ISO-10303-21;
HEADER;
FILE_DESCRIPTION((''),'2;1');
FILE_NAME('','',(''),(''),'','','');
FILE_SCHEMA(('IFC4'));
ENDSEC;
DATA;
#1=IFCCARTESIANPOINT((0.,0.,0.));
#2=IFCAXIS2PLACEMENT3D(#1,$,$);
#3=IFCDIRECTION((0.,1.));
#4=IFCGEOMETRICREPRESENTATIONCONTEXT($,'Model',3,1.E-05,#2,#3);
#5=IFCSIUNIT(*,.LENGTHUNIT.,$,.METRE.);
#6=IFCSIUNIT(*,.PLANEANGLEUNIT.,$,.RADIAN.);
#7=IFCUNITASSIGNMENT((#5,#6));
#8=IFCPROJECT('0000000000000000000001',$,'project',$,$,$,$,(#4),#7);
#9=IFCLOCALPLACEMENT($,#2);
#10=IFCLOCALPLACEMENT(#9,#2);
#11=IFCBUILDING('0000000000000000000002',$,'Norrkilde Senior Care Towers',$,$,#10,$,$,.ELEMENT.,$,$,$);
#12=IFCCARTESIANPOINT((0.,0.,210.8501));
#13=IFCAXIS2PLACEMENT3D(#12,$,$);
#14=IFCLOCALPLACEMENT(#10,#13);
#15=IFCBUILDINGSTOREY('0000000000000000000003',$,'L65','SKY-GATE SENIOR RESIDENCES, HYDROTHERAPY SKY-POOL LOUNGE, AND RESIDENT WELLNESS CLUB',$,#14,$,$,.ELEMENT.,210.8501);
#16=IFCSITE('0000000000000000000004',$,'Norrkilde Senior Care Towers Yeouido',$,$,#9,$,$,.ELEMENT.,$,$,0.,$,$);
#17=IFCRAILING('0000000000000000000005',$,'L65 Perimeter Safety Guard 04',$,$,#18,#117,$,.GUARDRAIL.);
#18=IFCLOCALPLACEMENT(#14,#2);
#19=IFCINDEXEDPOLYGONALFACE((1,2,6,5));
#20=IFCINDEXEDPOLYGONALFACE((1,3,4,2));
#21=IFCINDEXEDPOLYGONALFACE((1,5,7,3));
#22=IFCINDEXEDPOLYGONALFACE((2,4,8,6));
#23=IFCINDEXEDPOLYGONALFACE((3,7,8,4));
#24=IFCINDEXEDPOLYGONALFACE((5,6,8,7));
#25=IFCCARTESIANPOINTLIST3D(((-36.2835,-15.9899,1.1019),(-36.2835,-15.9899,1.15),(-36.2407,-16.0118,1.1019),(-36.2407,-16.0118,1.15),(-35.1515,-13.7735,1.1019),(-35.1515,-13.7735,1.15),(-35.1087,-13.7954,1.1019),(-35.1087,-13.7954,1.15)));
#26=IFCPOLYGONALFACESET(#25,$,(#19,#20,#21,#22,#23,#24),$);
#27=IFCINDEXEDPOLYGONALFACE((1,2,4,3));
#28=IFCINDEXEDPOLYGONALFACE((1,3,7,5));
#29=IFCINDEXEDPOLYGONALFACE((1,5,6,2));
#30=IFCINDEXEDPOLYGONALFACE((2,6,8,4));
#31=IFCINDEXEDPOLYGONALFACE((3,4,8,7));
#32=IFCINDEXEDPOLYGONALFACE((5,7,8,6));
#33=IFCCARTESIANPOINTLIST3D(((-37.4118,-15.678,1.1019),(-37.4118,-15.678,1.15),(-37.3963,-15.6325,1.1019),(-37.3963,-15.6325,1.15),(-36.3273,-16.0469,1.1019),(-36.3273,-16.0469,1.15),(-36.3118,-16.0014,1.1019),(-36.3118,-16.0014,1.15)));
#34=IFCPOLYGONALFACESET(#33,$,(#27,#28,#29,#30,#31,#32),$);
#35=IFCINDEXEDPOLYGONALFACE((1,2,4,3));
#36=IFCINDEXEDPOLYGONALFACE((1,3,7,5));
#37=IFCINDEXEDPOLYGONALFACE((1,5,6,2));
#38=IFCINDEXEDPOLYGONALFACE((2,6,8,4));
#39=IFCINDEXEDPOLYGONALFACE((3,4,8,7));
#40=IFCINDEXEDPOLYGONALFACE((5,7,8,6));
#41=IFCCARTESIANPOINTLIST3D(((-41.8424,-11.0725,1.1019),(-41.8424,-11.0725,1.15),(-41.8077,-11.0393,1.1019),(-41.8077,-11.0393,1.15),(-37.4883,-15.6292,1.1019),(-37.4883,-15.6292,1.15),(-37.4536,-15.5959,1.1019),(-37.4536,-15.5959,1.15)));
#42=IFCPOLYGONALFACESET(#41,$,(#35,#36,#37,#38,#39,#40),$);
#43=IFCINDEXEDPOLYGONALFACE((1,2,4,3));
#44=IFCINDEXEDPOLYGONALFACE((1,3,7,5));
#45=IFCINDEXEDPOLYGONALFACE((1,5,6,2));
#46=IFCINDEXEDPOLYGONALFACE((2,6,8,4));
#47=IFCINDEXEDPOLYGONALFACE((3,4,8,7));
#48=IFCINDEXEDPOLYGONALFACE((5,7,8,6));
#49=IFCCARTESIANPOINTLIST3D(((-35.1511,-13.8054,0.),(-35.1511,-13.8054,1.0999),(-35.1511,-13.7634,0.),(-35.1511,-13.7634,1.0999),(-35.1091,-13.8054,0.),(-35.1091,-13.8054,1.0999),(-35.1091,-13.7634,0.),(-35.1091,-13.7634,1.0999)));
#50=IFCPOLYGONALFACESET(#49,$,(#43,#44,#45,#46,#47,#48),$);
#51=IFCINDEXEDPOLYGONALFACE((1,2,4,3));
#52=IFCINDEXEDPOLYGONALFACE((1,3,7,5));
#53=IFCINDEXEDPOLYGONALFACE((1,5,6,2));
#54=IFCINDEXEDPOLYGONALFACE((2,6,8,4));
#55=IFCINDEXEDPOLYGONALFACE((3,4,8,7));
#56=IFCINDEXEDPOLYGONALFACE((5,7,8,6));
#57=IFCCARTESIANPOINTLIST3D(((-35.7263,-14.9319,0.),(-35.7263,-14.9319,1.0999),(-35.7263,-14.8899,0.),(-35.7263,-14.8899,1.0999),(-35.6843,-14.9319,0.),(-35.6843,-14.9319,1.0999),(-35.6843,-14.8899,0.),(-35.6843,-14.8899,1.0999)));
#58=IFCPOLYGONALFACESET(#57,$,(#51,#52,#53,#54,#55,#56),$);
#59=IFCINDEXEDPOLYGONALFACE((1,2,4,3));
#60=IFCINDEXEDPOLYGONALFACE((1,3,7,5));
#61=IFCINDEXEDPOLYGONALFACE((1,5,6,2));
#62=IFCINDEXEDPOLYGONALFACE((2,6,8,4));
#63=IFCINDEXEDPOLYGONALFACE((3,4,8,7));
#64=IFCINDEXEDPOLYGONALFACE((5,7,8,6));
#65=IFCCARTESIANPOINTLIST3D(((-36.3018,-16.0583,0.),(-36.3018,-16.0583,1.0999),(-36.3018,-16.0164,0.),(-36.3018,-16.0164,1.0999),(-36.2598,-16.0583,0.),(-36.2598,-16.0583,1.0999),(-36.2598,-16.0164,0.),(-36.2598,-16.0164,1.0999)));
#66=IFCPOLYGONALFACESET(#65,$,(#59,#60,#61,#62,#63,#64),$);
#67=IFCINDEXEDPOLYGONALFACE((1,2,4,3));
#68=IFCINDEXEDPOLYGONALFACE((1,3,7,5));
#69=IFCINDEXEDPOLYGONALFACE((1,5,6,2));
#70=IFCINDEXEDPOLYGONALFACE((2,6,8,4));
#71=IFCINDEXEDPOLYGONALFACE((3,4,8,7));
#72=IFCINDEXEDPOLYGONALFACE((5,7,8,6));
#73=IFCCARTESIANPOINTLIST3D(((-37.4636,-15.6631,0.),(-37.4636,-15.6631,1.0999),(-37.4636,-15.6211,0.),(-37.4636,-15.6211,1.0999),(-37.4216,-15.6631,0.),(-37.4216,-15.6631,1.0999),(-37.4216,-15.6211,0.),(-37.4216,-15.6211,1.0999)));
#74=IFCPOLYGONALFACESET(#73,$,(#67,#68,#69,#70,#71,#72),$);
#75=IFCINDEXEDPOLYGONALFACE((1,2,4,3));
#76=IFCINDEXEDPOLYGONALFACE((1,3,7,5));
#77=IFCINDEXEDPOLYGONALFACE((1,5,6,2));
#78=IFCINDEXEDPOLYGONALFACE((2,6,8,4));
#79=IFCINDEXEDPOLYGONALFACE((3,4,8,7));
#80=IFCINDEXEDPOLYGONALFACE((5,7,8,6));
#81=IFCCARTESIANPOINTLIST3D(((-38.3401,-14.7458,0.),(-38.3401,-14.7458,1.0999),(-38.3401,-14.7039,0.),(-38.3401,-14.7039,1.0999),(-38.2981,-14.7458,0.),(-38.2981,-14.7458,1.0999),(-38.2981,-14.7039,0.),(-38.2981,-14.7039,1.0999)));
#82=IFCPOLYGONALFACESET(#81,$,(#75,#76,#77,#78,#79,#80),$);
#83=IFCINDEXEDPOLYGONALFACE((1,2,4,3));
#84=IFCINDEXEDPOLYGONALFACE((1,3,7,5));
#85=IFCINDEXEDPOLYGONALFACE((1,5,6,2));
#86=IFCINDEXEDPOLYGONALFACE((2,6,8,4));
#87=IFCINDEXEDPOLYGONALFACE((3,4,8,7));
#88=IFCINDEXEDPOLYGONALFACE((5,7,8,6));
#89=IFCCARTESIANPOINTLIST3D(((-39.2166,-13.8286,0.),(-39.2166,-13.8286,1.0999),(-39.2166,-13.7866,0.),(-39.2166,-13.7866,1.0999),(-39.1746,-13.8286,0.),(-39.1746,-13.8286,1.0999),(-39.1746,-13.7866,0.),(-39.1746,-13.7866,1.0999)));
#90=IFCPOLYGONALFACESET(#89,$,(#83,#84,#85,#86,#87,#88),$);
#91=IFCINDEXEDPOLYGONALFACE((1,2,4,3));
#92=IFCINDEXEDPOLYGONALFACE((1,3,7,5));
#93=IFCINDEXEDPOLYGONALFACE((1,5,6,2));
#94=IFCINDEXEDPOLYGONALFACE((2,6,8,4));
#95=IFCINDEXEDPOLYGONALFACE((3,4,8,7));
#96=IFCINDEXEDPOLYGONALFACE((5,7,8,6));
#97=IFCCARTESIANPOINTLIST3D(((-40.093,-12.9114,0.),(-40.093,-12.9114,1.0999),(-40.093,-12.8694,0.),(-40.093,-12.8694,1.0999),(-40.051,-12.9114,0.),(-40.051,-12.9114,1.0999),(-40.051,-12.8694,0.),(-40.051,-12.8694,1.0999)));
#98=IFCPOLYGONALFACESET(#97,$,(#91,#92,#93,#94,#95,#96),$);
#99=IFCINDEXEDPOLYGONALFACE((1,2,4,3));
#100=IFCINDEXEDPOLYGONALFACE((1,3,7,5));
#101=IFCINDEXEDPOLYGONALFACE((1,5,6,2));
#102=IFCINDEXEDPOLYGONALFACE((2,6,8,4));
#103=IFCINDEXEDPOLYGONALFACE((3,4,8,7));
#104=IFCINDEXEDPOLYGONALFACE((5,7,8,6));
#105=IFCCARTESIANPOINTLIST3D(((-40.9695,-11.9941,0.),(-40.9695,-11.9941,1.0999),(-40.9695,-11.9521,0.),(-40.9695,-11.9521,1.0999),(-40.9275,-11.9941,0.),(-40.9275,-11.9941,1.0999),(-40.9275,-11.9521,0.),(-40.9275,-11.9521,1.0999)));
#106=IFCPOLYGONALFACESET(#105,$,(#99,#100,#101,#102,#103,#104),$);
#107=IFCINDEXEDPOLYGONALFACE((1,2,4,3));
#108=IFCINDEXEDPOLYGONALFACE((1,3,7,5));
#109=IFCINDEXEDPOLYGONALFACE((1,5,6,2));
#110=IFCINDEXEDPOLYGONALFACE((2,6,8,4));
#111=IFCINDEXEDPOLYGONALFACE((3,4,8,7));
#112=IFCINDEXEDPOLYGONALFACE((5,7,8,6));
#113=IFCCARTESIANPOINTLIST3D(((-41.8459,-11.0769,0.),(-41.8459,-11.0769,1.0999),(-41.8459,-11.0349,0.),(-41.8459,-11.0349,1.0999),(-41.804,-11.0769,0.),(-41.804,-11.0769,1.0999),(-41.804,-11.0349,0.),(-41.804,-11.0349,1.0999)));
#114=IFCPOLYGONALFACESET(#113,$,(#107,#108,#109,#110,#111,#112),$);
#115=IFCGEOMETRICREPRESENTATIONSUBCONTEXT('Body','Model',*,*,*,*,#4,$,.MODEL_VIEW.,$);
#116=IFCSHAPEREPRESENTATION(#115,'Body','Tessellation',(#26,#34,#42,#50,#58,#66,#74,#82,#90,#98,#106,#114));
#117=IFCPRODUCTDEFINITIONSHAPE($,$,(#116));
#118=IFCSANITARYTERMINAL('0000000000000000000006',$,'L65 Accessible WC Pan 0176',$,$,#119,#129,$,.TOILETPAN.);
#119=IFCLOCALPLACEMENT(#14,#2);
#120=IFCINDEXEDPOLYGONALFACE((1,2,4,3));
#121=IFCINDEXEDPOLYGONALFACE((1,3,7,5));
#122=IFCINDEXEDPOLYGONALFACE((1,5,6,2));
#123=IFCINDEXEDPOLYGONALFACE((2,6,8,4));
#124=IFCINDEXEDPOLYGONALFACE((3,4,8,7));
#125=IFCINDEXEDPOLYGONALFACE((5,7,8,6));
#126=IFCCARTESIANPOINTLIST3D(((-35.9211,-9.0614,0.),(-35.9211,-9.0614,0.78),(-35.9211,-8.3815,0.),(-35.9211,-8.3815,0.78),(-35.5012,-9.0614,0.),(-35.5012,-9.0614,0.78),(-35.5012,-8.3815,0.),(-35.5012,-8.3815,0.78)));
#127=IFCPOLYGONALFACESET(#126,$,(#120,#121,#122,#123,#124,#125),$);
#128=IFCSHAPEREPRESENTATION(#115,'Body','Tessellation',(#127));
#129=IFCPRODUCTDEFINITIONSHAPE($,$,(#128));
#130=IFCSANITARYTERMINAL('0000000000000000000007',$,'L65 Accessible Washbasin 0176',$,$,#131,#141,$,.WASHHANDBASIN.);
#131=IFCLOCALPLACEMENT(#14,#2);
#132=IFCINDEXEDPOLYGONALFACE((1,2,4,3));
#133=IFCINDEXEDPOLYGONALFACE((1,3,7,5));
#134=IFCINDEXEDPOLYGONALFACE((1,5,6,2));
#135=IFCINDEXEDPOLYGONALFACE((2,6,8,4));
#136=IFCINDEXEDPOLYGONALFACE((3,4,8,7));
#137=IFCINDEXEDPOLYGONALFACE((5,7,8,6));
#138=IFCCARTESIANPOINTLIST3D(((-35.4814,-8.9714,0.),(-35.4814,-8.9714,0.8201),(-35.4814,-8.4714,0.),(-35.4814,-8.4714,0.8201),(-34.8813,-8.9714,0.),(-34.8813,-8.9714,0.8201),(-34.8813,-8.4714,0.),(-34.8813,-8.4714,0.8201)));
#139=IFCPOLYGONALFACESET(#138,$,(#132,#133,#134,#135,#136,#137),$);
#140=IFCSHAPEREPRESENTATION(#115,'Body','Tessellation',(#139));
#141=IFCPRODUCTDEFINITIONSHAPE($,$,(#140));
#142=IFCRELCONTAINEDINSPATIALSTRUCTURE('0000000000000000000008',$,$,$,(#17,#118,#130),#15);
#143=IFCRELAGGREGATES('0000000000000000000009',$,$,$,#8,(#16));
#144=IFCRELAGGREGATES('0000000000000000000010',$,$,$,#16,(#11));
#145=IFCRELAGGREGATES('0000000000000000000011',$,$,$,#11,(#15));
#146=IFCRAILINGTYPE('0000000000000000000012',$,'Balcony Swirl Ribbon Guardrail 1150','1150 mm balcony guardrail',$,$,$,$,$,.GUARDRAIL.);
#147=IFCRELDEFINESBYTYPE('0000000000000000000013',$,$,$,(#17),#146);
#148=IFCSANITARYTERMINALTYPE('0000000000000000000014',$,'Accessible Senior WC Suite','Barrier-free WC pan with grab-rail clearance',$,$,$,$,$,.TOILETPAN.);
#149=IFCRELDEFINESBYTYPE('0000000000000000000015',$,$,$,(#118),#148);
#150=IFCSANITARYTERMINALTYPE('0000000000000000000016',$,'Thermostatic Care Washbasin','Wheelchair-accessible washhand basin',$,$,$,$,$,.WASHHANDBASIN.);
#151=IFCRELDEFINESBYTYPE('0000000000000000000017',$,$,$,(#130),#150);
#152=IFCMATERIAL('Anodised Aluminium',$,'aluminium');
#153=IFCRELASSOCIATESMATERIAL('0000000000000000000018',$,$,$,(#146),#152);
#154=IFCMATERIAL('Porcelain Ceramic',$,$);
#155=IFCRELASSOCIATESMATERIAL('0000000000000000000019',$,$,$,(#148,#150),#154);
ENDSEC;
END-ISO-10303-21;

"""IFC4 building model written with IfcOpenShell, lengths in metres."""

from ifc_helpers import new_model, si_unit, direction, frame, origin, origin_2d, place, context, subcontext, project, spatial, rectangle, extrude, source, transform, mapped, material, type_object, type_shapes, element, save


model = new_model("IFC4")

# Units and contexts
model_context = context("Model", 3, precision=1e-05, world=origin(), true_north=direction((0.0, 1.0)))
body_context = subcontext(model_context, "Body", "Model", "MODEL_VIEW")
ifc_project = project(units=[si_unit("LENGTHUNIT", "METRE"), si_unit("PLANEANGLEUNIT", "RADIAN")], contexts=[model_context])

# Site, building, storey
site_placement = place(None, origin())
site = spatial("IfcSite", under=ifc_project, at=site_placement, Name="Norrkilde Senior Care Towers Yeouido", CompositionType="ELEMENT", RefElevation=0.0)
building_placement = place(site_placement, origin())
building = spatial("IfcBuilding", under=site, at=building_placement, Name="Norrkilde Senior Care Towers", CompositionType="ELEMENT")
storey_placement = place(building_placement, frame((0.0, 0.0, 210.8501)))
storey = spatial("IfcBuildingStorey", under=building, at=storey_placement, Name="L65", Description="SKY-GATE SENIOR RESIDENCES, HYDROTHERAPY SKY-POOL LOUNGE, AND RESIDENT WELLNESS CLUB", CompositionType="ELEMENT", Elevation=210.8501)

# Shared definitions
ifc_material_1 = material(Name="Anodised Aluminium", Category="aluminium")

# Railing
railing_type = type_object("IfcRailingType", Name="Balcony Swirl Ribbon Guardrail 1150", Description="1150 mm balcony guardrail", PredefinedType="GUARDRAIL", material=ifc_material_1)
railing_1_placement = place(storey_placement, frame((-35.1301, -13.7844, 0.0)))
element("IfcRailing", 1, at=railing_1_placement, inside=storey, type_object=railing_type, Name="L65 Perimeter Safety Guard 04", PredefinedType="GUARDRAIL", context=body_context, shape_type="SweptSolid", body=[
    extrude(rectangle(XDim=0.0481, YDim=0.0481, at=origin_2d()), frame((0.0, 0.0, 1.126), z_axis=(-0.454841, -0.890573, 0.0), x_axis=(0.890573, -0.454841, 0.0)), (0.0, 0.0, 1.0), 2.4888),
    extrude(rectangle(XDim=0.0481, YDim=0.0481, at=origin_2d()), frame((-1.1895, -2.2397, 1.126), z_axis=(-0.946716, 0.32207, 0.0), x_axis=(-0.32207, -0.946716, 0.0)), (0.0, 0.0, 1.0), 1.1455),
    extrude(rectangle(XDim=0.0481, YDim=0.0481, at=origin_2d()), frame((-2.3408, -1.8281, 1.126), z_axis=(-0.690856, 0.722993, 0.0), x_axis=(-0.722993, -0.690856, 0.0)), (0.0, 0.0, 1.0), 6.3025),
    extrude(rectangle(XDim=0.042, YDim=0.042, at=origin_2d()), origin(), (0.0, 0.0, 1.0), 1.0999),
    extrude(rectangle(XDim=0.042, YDim=0.042, at=origin_2d()), frame((-0.5752, -1.1265, 0.0)), (0.0, 0.0, 1.0), 1.0999),
    extrude(rectangle(XDim=0.042, YDim=0.042, at=origin_2d()), frame((-1.1506, -2.2529, 0.0)), (0.0, 0.0, 1.0), 1.0999),
    extrude(rectangle(XDim=0.042, YDim=0.042, at=origin_2d()), frame((-2.3125, -1.8577, 0.0)), (0.0, 0.0, 1.0), 1.0999),
    extrude(rectangle(XDim=0.042, YDim=0.042, at=origin_2d()), frame((-3.189, -0.9404, 0.0)), (0.0, 0.0, 1.0), 1.0999),
    extrude(rectangle(XDim=0.042, YDim=0.042, at=origin_2d()), frame((-4.0654, -0.0232, 0.0)), (0.0, 0.0, 1.0), 1.0999),
    extrude(rectangle(XDim=0.042, YDim=0.042, at=origin_2d()), frame((-4.9419, 0.894, 0.0)), (0.0, 0.0, 1.0), 1.0999),
    extrude(rectangle(XDim=0.042, YDim=0.042, at=origin_2d()), frame((-5.8184, 1.8113, 0.0)), (0.0, 0.0, 1.0), 1.0999),
    extrude(rectangle(XDim=0.042, YDim=0.042, at=origin_2d()), frame((-6.6948, 2.7285, 0.0)), (0.0, 0.0, 1.0), 1.0999),
])

# Sanitary terminals
ifc_material_2 = material(Name="Porcelain Ceramic")
sanitary_terminal_type_1 = type_object("IfcSanitaryTerminalType", Name="Accessible Senior WC Suite", Description="Barrier-free WC pan with grab-rail clearance", PredefinedType="TOILETPAN", material=ifc_material_2)
shared_shape_1 = source(origin(), body_context, "Body", "SweptSolid", [
    extrude(rectangle(XDim=0.4199, YDim=0.6799, at=origin_2d()), origin(), (0.0, 0.0, 1.0), 0.78),
])
type_shapes(sanitary_terminal_type_1, [shared_shape_1])
sanitary_terminal_1_placement = place(storey_placement, frame((-35.7112, -8.7214, 0.0), z_axis=(0.0, 0.0, 1.0), x_axis=(1.0, 0.0, 0.0)))
element("IfcSanitaryTerminal", 2, at=sanitary_terminal_1_placement, inside=storey, type_object=sanitary_terminal_type_1, Name="L65 Accessible WC Pan 0176", PredefinedType="TOILETPAN", context=body_context, shape_type="MappedRepresentation", body=[
    mapped(shared_shape_1, transform((0.0, 0.0, 0.0), x_axis=(1.0, 0.0, 0.0), y_axis=(0.0, 1.0, 0.0), z_axis=(0.0, 0.0, 1.0), scale=1.0)),
])
sanitary_terminal_type_2 = type_object("IfcSanitaryTerminalType", Name="Thermostatic Care Washbasin", Description="Wheelchair-accessible washhand basin", PredefinedType="WASHHANDBASIN", material=ifc_material_2)
shared_shape_2 = source(origin(), body_context, "Body", "SweptSolid", [
    extrude(rectangle(XDim=0.6001, YDim=0.5, at=origin_2d()), origin(), (0.0, 0.0, 1.0), 0.8201),
])
type_shapes(sanitary_terminal_type_2, [shared_shape_2])
sanitary_terminal_2_placement = place(storey_placement, frame((-35.1814, -8.7214, 0.0), z_axis=(0.0, 0.0, 1.0), x_axis=(1.0, 0.0, 0.0)))
element("IfcSanitaryTerminal", 3, at=sanitary_terminal_2_placement, inside=storey, type_object=sanitary_terminal_type_2, Name="L65 Accessible Washbasin 0176", PredefinedType="WASHHANDBASIN", context=body_context, shape_type="MappedRepresentation", body=[
    mapped(shared_shape_2, transform((0.0, 0.0, 0.0), x_axis=(1.0, 0.0, 0.0), y_axis=(0.0, 1.0, 0.0), z_axis=(0.0, 0.0, 1.0), scale=1.0)),
])

save(model, "model.ifc")
